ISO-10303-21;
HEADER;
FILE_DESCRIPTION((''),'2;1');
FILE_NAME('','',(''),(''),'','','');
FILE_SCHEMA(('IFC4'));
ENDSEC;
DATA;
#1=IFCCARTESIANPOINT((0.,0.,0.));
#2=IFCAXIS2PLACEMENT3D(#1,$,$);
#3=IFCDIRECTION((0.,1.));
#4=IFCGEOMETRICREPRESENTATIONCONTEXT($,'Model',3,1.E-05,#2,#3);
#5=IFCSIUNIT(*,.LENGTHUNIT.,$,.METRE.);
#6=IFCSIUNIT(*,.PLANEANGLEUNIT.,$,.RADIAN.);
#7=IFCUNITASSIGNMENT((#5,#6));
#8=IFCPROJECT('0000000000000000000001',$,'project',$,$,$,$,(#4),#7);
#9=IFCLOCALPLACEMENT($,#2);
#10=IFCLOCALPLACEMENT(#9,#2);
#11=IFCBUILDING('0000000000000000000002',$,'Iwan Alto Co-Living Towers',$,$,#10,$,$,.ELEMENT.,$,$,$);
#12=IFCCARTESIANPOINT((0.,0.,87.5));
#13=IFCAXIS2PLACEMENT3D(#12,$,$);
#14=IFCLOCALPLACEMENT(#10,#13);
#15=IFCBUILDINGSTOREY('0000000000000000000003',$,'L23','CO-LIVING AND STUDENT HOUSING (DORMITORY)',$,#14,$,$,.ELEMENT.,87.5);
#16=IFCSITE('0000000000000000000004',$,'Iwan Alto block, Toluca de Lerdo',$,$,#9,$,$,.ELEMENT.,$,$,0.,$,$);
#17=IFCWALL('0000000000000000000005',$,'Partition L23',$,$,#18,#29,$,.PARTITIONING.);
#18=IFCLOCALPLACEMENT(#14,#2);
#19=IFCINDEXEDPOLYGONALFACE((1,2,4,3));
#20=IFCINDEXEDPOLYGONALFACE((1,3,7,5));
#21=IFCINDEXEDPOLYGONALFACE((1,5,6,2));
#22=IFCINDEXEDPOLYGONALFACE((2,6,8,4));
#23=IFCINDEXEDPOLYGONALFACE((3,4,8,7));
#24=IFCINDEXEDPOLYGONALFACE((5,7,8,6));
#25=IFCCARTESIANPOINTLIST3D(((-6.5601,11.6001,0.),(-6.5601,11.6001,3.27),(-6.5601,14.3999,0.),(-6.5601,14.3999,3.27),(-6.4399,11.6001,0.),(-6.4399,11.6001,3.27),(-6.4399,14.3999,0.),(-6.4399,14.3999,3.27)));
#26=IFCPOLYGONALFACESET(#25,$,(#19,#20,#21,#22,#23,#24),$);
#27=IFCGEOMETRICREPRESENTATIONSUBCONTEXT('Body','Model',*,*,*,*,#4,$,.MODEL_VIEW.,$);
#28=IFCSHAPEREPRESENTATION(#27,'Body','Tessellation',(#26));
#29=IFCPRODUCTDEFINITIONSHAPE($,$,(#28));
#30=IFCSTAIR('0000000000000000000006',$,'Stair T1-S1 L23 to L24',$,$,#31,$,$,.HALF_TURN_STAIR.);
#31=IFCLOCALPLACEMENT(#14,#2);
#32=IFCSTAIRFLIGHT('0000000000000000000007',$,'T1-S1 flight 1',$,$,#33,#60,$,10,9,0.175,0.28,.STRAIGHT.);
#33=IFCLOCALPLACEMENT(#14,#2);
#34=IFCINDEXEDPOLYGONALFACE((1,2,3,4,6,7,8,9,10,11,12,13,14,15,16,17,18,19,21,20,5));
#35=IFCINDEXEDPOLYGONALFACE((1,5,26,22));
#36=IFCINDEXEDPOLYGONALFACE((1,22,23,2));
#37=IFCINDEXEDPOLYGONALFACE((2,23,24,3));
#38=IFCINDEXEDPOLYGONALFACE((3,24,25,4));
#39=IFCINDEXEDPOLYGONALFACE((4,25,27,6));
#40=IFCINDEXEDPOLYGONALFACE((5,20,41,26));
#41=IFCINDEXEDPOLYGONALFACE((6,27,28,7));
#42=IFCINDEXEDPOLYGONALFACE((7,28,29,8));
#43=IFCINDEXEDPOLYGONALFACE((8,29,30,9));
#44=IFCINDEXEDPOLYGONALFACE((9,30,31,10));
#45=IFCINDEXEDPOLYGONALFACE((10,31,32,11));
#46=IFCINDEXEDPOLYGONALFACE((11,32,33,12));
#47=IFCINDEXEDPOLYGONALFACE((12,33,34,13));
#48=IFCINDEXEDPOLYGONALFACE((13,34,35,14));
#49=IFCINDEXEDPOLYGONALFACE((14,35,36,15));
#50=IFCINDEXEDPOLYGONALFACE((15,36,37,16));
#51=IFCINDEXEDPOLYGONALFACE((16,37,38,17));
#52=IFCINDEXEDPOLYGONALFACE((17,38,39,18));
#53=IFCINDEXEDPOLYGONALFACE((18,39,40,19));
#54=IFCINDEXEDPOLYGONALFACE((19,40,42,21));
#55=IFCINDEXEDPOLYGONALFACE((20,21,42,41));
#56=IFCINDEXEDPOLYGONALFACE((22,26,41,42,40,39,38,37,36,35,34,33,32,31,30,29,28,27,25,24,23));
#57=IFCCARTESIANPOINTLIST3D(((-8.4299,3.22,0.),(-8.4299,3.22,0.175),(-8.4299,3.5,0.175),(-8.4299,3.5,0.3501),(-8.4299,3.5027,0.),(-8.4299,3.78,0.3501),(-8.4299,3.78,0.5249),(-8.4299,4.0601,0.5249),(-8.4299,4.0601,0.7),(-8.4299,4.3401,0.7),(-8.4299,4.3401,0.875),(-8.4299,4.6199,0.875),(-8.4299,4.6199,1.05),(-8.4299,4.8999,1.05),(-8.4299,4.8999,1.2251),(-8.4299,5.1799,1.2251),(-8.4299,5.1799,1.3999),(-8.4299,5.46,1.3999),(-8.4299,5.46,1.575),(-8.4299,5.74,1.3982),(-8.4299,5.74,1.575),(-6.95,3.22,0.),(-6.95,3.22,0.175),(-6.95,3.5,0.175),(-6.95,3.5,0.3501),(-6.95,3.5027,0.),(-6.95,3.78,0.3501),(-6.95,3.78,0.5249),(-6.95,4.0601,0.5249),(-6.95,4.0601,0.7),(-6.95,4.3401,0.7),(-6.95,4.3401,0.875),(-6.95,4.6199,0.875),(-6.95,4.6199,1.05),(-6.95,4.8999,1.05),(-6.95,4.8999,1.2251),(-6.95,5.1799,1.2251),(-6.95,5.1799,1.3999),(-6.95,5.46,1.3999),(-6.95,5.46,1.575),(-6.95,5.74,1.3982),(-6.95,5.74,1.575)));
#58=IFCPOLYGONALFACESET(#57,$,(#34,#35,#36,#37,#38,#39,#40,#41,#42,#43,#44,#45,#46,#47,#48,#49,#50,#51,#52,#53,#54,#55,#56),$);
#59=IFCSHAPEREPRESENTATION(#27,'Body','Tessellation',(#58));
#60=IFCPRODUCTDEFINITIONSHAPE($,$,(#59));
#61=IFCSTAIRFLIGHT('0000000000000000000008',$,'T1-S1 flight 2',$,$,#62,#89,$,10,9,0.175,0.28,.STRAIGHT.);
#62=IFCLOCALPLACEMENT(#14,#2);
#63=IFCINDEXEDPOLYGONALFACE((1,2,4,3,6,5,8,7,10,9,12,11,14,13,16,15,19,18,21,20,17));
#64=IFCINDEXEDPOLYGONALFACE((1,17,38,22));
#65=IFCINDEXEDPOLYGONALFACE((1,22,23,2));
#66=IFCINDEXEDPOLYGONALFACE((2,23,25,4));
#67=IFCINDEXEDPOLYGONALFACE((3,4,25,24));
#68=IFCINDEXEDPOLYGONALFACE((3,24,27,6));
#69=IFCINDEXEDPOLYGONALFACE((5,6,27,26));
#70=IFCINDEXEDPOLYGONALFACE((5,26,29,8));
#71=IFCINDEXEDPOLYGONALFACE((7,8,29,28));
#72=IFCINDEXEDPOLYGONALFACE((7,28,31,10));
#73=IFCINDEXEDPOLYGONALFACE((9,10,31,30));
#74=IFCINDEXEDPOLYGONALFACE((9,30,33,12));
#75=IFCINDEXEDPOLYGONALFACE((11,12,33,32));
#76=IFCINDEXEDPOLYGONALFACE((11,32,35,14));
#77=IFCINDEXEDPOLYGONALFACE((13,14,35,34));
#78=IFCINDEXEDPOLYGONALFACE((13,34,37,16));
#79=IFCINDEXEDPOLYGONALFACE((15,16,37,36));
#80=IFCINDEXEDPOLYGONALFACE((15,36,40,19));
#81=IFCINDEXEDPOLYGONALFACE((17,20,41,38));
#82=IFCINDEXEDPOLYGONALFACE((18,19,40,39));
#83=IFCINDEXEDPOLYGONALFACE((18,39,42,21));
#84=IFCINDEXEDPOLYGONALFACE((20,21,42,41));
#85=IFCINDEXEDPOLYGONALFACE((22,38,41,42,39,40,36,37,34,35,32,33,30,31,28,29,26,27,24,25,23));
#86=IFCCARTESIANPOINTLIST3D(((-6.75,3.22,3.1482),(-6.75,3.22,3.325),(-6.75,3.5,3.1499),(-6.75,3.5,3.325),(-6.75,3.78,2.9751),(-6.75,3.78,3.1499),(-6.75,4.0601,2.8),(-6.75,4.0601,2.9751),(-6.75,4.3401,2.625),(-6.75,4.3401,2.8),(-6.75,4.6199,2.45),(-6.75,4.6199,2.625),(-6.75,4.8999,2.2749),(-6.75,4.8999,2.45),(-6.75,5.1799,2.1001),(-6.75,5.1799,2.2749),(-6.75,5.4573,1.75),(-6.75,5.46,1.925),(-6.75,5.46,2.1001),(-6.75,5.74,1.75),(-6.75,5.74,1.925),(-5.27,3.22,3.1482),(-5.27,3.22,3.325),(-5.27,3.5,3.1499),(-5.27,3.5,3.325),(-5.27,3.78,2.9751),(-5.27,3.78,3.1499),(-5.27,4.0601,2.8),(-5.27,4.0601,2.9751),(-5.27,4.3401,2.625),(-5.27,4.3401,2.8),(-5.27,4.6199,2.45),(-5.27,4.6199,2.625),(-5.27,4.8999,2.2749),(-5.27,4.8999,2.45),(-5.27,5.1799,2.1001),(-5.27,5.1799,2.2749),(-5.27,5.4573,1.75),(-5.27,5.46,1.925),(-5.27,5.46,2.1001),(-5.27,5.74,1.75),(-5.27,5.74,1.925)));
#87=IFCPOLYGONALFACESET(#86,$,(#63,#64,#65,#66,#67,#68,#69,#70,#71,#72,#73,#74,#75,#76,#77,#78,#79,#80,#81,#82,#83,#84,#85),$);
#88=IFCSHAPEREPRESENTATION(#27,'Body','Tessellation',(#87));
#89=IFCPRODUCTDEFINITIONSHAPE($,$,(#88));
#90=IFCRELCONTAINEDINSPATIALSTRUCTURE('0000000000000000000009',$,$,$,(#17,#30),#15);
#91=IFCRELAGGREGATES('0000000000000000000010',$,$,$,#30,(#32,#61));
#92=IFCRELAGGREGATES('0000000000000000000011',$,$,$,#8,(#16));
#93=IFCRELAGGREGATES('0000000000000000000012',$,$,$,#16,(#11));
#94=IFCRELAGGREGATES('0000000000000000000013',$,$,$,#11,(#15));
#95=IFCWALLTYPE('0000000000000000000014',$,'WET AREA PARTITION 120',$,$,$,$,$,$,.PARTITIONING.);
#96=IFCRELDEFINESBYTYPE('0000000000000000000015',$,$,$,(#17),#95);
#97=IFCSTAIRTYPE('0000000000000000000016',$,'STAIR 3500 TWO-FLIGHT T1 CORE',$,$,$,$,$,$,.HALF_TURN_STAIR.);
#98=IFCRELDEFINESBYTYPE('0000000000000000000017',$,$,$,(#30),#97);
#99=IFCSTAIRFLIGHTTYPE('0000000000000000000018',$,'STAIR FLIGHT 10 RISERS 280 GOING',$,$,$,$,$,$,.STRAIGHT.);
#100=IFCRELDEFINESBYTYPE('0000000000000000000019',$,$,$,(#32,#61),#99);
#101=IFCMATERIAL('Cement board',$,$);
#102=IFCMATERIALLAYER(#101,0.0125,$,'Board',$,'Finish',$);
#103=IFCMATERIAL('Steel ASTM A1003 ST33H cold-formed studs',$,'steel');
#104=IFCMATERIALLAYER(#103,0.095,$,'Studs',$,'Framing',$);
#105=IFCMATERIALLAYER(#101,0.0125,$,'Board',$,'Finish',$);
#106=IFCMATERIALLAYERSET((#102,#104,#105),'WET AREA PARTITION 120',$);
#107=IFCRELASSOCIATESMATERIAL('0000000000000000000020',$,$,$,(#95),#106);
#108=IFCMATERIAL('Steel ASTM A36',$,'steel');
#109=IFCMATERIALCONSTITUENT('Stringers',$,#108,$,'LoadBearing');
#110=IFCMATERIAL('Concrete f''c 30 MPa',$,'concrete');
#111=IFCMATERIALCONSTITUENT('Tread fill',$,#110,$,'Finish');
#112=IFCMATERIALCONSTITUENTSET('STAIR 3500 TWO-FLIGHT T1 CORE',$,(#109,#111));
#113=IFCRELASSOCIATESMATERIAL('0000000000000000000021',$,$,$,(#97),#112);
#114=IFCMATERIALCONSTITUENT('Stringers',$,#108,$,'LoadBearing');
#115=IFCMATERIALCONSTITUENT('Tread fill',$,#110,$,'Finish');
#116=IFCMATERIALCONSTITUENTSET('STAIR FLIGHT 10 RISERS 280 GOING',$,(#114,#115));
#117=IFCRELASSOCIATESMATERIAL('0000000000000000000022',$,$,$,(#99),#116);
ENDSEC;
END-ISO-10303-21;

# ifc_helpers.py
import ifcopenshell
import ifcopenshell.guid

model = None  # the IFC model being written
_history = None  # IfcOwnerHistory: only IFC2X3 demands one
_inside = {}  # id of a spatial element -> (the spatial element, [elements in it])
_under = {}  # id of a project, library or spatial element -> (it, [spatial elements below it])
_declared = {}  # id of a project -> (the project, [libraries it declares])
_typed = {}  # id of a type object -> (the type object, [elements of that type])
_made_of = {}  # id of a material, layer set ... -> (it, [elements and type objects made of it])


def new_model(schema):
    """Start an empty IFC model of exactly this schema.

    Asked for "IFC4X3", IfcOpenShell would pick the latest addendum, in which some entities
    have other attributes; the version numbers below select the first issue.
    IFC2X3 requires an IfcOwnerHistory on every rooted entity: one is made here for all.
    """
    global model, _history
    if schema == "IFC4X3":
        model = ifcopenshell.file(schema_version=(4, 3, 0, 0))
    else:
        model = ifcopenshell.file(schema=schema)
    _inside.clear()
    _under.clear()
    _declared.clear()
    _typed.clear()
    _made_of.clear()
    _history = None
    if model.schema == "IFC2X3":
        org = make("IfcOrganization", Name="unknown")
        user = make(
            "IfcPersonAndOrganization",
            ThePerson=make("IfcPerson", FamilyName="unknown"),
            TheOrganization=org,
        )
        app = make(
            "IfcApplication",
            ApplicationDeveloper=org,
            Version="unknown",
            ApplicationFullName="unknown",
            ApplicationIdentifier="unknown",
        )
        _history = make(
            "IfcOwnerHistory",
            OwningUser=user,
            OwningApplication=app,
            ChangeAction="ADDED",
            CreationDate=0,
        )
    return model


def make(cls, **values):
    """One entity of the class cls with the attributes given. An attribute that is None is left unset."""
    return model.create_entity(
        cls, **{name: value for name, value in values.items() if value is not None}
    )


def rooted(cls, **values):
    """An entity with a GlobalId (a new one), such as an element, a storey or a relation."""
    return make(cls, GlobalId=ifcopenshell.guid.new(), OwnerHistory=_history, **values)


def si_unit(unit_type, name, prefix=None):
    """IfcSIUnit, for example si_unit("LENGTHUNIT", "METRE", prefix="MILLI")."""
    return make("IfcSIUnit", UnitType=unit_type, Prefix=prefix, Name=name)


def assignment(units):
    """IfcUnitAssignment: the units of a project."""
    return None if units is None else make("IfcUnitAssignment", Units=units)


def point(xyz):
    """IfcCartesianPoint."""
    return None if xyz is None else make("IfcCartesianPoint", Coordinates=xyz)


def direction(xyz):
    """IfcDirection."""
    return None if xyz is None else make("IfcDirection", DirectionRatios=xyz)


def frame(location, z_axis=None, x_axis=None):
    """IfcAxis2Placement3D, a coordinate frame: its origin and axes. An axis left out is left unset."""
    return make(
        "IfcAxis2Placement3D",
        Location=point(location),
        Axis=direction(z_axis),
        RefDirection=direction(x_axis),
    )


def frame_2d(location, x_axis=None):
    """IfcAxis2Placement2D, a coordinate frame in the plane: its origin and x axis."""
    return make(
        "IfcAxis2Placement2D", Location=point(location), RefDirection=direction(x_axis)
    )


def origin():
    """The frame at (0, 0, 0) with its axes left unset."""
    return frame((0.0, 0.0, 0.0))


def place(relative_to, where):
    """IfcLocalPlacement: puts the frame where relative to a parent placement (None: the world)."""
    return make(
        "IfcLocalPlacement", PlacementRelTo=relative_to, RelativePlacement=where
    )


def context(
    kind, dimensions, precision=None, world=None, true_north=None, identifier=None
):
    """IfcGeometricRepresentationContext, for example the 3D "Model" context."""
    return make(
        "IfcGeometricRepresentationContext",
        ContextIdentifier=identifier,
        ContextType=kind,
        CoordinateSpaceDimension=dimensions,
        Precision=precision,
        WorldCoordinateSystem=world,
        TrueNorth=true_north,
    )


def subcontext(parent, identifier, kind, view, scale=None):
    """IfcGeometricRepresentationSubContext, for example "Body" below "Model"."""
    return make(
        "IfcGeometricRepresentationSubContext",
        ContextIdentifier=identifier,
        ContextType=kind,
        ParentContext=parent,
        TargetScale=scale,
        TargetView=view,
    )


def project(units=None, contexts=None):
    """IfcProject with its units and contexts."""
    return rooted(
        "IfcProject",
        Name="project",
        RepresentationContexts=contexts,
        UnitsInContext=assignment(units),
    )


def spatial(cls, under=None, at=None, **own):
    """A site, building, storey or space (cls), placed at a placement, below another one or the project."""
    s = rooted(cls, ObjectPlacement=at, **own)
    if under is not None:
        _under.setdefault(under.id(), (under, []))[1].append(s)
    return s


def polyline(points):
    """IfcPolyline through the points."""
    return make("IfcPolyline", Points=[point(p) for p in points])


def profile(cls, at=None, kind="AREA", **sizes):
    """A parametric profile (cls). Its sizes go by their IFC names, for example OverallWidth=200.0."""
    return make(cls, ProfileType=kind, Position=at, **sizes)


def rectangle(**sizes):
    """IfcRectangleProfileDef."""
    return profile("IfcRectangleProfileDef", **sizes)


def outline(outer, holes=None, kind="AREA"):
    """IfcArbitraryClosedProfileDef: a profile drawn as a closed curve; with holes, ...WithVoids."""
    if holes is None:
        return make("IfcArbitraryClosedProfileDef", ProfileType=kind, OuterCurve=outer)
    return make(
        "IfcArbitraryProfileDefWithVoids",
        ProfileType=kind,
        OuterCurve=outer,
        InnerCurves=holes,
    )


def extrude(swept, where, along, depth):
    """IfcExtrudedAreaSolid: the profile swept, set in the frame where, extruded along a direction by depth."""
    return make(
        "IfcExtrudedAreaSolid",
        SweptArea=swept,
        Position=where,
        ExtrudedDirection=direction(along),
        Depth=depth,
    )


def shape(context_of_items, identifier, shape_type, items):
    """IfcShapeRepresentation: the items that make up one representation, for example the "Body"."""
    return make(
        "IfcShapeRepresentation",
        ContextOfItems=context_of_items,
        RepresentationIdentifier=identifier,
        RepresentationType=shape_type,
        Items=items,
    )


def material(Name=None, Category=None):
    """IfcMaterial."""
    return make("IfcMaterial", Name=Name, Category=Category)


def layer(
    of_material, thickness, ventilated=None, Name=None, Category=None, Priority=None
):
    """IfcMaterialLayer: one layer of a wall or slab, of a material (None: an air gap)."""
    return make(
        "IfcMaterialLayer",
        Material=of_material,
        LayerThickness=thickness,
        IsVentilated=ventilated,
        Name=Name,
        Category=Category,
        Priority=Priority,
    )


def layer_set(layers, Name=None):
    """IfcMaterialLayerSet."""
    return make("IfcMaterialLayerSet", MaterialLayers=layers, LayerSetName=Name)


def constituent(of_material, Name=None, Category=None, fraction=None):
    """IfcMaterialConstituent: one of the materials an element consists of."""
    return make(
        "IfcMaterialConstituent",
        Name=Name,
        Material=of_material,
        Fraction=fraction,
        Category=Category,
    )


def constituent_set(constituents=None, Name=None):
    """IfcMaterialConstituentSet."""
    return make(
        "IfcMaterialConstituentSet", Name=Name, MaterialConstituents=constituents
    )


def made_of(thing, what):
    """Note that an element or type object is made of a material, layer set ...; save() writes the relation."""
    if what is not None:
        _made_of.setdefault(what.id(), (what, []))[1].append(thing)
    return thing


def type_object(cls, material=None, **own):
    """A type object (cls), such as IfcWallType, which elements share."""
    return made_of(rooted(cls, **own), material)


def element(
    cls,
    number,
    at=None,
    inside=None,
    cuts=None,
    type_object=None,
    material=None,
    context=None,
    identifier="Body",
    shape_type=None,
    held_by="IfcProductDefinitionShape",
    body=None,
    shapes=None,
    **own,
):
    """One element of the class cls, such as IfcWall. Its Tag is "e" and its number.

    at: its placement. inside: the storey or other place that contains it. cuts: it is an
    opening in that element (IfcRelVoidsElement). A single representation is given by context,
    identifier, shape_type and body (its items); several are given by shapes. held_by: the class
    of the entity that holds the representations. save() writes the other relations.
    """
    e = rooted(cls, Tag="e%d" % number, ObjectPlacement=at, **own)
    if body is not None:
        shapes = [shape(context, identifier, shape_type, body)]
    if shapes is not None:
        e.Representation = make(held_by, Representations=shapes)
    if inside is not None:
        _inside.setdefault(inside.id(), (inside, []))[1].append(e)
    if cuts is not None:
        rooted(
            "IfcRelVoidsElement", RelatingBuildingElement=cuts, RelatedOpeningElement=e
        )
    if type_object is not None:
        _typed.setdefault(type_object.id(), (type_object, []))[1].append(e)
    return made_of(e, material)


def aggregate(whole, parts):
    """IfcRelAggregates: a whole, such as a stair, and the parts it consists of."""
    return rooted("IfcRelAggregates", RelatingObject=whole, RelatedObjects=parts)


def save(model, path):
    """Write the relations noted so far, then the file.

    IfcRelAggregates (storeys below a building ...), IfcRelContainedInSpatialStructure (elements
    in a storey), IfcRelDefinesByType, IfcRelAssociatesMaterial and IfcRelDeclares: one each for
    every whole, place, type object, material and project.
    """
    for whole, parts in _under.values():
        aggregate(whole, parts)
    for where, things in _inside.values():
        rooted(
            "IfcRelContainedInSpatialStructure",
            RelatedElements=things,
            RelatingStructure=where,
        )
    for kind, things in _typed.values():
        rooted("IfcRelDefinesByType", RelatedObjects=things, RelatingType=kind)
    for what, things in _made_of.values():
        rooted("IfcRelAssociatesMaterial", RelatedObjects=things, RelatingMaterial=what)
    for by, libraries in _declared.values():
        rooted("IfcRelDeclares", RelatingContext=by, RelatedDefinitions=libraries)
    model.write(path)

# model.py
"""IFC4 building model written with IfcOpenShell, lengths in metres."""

from ifc_helpers import new_model, si_unit, direction, frame, frame_2d, origin, place, context, subcontext, project, spatial, polyline, rectangle, outline, extrude, material, layer, layer_set, constituent, constituent_set, type_object, element, aggregate, save


model = new_model("IFC4")

# Units and contexts
model_context = context("Model", 3, precision=1e-05, world=origin(), true_north=direction((0.0, 1.0)))
body_context = subcontext(model_context, "Body", "Model", "MODEL_VIEW")
ifc_project = project(units=[si_unit("LENGTHUNIT", "METRE"), si_unit("PLANEANGLEUNIT", "RADIAN")], contexts=[model_context])

# Site, building, storey
site_placement = place(None, origin())
site = spatial("IfcSite", under=ifc_project, at=site_placement, Name="Iwan Alto block, Toluca de Lerdo", CompositionType="ELEMENT", RefElevation=0.0)
building_placement = place(site_placement, origin())
building = spatial("IfcBuilding", under=site, at=building_placement, Name="Iwan Alto Co-Living Towers", CompositionType="ELEMENT")
storey_placement = place(building_placement, frame((0.0, 0.0, 87.5)))
storey = spatial("IfcBuildingStorey", under=building, at=storey_placement, Name="L23", Description="CO-LIVING AND STUDENT HOUSING (DORMITORY)", CompositionType="ELEMENT", Elevation=87.5)

# Shared definitions
ifc_material_1 = material(Name="Steel ASTM A1003 ST33H cold-formed studs", Category="steel")

# Shared definitions
ifc_material_2 = material(Name="Cement board")
ifc_layer_1 = layer(ifc_material_2, 0.0125, Name="Board", Category="Finish")
ifc_layer_2 = layer(ifc_material_1, 0.095, Name="Studs", Category="Framing")
ifc_layer_3 = layer(ifc_material_2, 0.0125, Name="Board", Category="Finish")
ifc_layer_set_1 = layer_set([ifc_layer_1, ifc_layer_2, ifc_layer_3], Name="WET AREA PARTITION 120")
wall_type_1 = type_object("IfcWallType", Name="WET AREA PARTITION 120", PredefinedType="PARTITIONING", material=ifc_layer_set_1)

# Wall
for number, where, z_axis, x_axis, name in (
    (1, (-6.5, 11.6001, 0.0), (0.0, 0.0, 1.0), (0.0, 1.0, 0.0), "Partition L23"),
):
    element("IfcWall", number, at=place(storey_placement, frame(where, z_axis=z_axis, x_axis=x_axis)), inside=storey, type_object=wall_type_1, Name=name, PredefinedType="PARTITIONING", context=body_context, shape_type="SweptSolid", body=[
        extrude(rectangle(XDim=2.7998, YDim=0.1201, at=frame_2d((1.3999, 0.0))), origin(), (0.0, 0.0, 1.0), 3.27),
    ])

# Stair, stair flights
ifc_material_3 = material(Name="Steel ASTM A36", Category="steel")
ifc_constituent_1 = constituent(ifc_material_3, Name="Stringers", Category="LoadBearing")
ifc_material_4 = material(Name="Concrete f'c 30 MPa", Category="concrete")
ifc_constituent_2 = constituent(ifc_material_4, Name="Tread fill", Category="Finish")
ifc_constituent_set_1 = constituent_set(constituents=[ifc_constituent_1, ifc_constituent_2], Name="STAIR 3500 TWO-FLIGHT T1 CORE")
stair_type = type_object("IfcStairType", Name="STAIR 3500 TWO-FLIGHT T1 CORE", PredefinedType="HALF_TURN_STAIR", material=ifc_constituent_set_1)
stair_placement = place(storey_placement, origin())
stair = element("IfcStair", 2, at=stair_placement, inside=storey, type_object=stair_type, Name="Stair T1-S1 L23 to L24", PredefinedType="HALF_TURN_STAIR")
ifc_constituent_3 = constituent(ifc_material_3, Name="Stringers", Category="LoadBearing")
ifc_constituent_4 = constituent(ifc_material_4, Name="Tread fill", Category="Finish")
ifc_constituent_set_2 = constituent_set(constituents=[ifc_constituent_3, ifc_constituent_4], Name="STAIR FLIGHT 10 RISERS 280 GOING")
stair_flight_type = type_object("IfcStairFlightType", Name="STAIR FLIGHT 10 RISERS 280 GOING", PredefinedType="STRAIGHT", material=ifc_constituent_set_2)
stair_flight_1_placement = place(storey_placement, frame((-7.6899, 3.22, 0.0), z_axis=(0.0, 0.0, 1.0), x_axis=(0.0, 1.0, 0.0)))
stair_flight_1 = element("IfcStairFlight", 3, at=stair_flight_1_placement, type_object=stair_flight_type, Name="T1-S1 flight 1", NumberOfRisers=10, NumberOfTreads=9, PredefinedType="STRAIGHT", RiserHeight=0.175, TreadLength=0.28, context=body_context, shape_type="SweptSolid", body=[
    extrude(outline(polyline([(0.0, 0.0), (0.0, 0.175), (0.28, 0.175), (0.28, 0.3501), (0.5601, 0.3501), (0.5601, 0.5249), (0.8401, 0.5249), (0.8401, 0.7), (1.1201, 0.7), (1.1201, 0.875), (1.3999, 0.875), (1.3999, 1.05), (1.6799, 1.05), (1.6799, 1.2251), (1.96, 1.2251), (1.96, 1.3999), (2.24, 1.3999), (2.24, 1.575), (2.52, 1.575), (2.52, 1.75), (2.52, 1.3982), (0.2827, 0.0), (0.0, 0.0)])), frame((0.0, 0.74, 0.0), z_axis=(0.0, -1.0, 0.0), x_axis=(1.0, 0.0, 0.0)), (0.0, 0.0, 1.0), 1.48),
])
stair_flight_2_placement = place(storey_placement, frame((-6.01, 5.74, 1.75), z_axis=(0.0, 0.0, 1.0), x_axis=(0.0, -1.0, 0.0)))
stair_flight_2 = element("IfcStairFlight", 4, at=stair_flight_2_placement, type_object=stair_flight_type, Name="T1-S1 flight 2", NumberOfRisers=10, NumberOfTreads=9, PredefinedType="STRAIGHT", RiserHeight=0.175, TreadLength=0.28, context=body_context, shape_type="SweptSolid", body=[
    extrude(outline(polyline([(0.0, 0.0), (0.0, 0.175), (0.28, 0.175), (0.28, 0.3501), (0.5601, 0.3501), (0.5601, 0.5249), (0.8401, 0.5249), (0.8401, 0.7), (1.1201, 0.7), (1.1201, 0.875), (1.3999, 0.875), (1.3999, 1.05), (1.6799, 1.05), (1.6799, 1.2251), (1.96, 1.2251), (1.96, 1.3999), (2.24, 1.3999), (2.24, 1.575), (2.52, 1.575), (2.52, 1.75), (2.52, 1.3982), (0.2827, 0.0), (0.0, 0.0)])), frame((0.0, 0.74, 0.0), z_axis=(0.0, -1.0, 0.0), x_axis=(1.0, 0.0, 0.0)), (0.0, 0.0, 1.0), 1.48),
])
aggregate(stair, [stair_flight_1, stair_flight_2])

save(model, "model.ifc")
